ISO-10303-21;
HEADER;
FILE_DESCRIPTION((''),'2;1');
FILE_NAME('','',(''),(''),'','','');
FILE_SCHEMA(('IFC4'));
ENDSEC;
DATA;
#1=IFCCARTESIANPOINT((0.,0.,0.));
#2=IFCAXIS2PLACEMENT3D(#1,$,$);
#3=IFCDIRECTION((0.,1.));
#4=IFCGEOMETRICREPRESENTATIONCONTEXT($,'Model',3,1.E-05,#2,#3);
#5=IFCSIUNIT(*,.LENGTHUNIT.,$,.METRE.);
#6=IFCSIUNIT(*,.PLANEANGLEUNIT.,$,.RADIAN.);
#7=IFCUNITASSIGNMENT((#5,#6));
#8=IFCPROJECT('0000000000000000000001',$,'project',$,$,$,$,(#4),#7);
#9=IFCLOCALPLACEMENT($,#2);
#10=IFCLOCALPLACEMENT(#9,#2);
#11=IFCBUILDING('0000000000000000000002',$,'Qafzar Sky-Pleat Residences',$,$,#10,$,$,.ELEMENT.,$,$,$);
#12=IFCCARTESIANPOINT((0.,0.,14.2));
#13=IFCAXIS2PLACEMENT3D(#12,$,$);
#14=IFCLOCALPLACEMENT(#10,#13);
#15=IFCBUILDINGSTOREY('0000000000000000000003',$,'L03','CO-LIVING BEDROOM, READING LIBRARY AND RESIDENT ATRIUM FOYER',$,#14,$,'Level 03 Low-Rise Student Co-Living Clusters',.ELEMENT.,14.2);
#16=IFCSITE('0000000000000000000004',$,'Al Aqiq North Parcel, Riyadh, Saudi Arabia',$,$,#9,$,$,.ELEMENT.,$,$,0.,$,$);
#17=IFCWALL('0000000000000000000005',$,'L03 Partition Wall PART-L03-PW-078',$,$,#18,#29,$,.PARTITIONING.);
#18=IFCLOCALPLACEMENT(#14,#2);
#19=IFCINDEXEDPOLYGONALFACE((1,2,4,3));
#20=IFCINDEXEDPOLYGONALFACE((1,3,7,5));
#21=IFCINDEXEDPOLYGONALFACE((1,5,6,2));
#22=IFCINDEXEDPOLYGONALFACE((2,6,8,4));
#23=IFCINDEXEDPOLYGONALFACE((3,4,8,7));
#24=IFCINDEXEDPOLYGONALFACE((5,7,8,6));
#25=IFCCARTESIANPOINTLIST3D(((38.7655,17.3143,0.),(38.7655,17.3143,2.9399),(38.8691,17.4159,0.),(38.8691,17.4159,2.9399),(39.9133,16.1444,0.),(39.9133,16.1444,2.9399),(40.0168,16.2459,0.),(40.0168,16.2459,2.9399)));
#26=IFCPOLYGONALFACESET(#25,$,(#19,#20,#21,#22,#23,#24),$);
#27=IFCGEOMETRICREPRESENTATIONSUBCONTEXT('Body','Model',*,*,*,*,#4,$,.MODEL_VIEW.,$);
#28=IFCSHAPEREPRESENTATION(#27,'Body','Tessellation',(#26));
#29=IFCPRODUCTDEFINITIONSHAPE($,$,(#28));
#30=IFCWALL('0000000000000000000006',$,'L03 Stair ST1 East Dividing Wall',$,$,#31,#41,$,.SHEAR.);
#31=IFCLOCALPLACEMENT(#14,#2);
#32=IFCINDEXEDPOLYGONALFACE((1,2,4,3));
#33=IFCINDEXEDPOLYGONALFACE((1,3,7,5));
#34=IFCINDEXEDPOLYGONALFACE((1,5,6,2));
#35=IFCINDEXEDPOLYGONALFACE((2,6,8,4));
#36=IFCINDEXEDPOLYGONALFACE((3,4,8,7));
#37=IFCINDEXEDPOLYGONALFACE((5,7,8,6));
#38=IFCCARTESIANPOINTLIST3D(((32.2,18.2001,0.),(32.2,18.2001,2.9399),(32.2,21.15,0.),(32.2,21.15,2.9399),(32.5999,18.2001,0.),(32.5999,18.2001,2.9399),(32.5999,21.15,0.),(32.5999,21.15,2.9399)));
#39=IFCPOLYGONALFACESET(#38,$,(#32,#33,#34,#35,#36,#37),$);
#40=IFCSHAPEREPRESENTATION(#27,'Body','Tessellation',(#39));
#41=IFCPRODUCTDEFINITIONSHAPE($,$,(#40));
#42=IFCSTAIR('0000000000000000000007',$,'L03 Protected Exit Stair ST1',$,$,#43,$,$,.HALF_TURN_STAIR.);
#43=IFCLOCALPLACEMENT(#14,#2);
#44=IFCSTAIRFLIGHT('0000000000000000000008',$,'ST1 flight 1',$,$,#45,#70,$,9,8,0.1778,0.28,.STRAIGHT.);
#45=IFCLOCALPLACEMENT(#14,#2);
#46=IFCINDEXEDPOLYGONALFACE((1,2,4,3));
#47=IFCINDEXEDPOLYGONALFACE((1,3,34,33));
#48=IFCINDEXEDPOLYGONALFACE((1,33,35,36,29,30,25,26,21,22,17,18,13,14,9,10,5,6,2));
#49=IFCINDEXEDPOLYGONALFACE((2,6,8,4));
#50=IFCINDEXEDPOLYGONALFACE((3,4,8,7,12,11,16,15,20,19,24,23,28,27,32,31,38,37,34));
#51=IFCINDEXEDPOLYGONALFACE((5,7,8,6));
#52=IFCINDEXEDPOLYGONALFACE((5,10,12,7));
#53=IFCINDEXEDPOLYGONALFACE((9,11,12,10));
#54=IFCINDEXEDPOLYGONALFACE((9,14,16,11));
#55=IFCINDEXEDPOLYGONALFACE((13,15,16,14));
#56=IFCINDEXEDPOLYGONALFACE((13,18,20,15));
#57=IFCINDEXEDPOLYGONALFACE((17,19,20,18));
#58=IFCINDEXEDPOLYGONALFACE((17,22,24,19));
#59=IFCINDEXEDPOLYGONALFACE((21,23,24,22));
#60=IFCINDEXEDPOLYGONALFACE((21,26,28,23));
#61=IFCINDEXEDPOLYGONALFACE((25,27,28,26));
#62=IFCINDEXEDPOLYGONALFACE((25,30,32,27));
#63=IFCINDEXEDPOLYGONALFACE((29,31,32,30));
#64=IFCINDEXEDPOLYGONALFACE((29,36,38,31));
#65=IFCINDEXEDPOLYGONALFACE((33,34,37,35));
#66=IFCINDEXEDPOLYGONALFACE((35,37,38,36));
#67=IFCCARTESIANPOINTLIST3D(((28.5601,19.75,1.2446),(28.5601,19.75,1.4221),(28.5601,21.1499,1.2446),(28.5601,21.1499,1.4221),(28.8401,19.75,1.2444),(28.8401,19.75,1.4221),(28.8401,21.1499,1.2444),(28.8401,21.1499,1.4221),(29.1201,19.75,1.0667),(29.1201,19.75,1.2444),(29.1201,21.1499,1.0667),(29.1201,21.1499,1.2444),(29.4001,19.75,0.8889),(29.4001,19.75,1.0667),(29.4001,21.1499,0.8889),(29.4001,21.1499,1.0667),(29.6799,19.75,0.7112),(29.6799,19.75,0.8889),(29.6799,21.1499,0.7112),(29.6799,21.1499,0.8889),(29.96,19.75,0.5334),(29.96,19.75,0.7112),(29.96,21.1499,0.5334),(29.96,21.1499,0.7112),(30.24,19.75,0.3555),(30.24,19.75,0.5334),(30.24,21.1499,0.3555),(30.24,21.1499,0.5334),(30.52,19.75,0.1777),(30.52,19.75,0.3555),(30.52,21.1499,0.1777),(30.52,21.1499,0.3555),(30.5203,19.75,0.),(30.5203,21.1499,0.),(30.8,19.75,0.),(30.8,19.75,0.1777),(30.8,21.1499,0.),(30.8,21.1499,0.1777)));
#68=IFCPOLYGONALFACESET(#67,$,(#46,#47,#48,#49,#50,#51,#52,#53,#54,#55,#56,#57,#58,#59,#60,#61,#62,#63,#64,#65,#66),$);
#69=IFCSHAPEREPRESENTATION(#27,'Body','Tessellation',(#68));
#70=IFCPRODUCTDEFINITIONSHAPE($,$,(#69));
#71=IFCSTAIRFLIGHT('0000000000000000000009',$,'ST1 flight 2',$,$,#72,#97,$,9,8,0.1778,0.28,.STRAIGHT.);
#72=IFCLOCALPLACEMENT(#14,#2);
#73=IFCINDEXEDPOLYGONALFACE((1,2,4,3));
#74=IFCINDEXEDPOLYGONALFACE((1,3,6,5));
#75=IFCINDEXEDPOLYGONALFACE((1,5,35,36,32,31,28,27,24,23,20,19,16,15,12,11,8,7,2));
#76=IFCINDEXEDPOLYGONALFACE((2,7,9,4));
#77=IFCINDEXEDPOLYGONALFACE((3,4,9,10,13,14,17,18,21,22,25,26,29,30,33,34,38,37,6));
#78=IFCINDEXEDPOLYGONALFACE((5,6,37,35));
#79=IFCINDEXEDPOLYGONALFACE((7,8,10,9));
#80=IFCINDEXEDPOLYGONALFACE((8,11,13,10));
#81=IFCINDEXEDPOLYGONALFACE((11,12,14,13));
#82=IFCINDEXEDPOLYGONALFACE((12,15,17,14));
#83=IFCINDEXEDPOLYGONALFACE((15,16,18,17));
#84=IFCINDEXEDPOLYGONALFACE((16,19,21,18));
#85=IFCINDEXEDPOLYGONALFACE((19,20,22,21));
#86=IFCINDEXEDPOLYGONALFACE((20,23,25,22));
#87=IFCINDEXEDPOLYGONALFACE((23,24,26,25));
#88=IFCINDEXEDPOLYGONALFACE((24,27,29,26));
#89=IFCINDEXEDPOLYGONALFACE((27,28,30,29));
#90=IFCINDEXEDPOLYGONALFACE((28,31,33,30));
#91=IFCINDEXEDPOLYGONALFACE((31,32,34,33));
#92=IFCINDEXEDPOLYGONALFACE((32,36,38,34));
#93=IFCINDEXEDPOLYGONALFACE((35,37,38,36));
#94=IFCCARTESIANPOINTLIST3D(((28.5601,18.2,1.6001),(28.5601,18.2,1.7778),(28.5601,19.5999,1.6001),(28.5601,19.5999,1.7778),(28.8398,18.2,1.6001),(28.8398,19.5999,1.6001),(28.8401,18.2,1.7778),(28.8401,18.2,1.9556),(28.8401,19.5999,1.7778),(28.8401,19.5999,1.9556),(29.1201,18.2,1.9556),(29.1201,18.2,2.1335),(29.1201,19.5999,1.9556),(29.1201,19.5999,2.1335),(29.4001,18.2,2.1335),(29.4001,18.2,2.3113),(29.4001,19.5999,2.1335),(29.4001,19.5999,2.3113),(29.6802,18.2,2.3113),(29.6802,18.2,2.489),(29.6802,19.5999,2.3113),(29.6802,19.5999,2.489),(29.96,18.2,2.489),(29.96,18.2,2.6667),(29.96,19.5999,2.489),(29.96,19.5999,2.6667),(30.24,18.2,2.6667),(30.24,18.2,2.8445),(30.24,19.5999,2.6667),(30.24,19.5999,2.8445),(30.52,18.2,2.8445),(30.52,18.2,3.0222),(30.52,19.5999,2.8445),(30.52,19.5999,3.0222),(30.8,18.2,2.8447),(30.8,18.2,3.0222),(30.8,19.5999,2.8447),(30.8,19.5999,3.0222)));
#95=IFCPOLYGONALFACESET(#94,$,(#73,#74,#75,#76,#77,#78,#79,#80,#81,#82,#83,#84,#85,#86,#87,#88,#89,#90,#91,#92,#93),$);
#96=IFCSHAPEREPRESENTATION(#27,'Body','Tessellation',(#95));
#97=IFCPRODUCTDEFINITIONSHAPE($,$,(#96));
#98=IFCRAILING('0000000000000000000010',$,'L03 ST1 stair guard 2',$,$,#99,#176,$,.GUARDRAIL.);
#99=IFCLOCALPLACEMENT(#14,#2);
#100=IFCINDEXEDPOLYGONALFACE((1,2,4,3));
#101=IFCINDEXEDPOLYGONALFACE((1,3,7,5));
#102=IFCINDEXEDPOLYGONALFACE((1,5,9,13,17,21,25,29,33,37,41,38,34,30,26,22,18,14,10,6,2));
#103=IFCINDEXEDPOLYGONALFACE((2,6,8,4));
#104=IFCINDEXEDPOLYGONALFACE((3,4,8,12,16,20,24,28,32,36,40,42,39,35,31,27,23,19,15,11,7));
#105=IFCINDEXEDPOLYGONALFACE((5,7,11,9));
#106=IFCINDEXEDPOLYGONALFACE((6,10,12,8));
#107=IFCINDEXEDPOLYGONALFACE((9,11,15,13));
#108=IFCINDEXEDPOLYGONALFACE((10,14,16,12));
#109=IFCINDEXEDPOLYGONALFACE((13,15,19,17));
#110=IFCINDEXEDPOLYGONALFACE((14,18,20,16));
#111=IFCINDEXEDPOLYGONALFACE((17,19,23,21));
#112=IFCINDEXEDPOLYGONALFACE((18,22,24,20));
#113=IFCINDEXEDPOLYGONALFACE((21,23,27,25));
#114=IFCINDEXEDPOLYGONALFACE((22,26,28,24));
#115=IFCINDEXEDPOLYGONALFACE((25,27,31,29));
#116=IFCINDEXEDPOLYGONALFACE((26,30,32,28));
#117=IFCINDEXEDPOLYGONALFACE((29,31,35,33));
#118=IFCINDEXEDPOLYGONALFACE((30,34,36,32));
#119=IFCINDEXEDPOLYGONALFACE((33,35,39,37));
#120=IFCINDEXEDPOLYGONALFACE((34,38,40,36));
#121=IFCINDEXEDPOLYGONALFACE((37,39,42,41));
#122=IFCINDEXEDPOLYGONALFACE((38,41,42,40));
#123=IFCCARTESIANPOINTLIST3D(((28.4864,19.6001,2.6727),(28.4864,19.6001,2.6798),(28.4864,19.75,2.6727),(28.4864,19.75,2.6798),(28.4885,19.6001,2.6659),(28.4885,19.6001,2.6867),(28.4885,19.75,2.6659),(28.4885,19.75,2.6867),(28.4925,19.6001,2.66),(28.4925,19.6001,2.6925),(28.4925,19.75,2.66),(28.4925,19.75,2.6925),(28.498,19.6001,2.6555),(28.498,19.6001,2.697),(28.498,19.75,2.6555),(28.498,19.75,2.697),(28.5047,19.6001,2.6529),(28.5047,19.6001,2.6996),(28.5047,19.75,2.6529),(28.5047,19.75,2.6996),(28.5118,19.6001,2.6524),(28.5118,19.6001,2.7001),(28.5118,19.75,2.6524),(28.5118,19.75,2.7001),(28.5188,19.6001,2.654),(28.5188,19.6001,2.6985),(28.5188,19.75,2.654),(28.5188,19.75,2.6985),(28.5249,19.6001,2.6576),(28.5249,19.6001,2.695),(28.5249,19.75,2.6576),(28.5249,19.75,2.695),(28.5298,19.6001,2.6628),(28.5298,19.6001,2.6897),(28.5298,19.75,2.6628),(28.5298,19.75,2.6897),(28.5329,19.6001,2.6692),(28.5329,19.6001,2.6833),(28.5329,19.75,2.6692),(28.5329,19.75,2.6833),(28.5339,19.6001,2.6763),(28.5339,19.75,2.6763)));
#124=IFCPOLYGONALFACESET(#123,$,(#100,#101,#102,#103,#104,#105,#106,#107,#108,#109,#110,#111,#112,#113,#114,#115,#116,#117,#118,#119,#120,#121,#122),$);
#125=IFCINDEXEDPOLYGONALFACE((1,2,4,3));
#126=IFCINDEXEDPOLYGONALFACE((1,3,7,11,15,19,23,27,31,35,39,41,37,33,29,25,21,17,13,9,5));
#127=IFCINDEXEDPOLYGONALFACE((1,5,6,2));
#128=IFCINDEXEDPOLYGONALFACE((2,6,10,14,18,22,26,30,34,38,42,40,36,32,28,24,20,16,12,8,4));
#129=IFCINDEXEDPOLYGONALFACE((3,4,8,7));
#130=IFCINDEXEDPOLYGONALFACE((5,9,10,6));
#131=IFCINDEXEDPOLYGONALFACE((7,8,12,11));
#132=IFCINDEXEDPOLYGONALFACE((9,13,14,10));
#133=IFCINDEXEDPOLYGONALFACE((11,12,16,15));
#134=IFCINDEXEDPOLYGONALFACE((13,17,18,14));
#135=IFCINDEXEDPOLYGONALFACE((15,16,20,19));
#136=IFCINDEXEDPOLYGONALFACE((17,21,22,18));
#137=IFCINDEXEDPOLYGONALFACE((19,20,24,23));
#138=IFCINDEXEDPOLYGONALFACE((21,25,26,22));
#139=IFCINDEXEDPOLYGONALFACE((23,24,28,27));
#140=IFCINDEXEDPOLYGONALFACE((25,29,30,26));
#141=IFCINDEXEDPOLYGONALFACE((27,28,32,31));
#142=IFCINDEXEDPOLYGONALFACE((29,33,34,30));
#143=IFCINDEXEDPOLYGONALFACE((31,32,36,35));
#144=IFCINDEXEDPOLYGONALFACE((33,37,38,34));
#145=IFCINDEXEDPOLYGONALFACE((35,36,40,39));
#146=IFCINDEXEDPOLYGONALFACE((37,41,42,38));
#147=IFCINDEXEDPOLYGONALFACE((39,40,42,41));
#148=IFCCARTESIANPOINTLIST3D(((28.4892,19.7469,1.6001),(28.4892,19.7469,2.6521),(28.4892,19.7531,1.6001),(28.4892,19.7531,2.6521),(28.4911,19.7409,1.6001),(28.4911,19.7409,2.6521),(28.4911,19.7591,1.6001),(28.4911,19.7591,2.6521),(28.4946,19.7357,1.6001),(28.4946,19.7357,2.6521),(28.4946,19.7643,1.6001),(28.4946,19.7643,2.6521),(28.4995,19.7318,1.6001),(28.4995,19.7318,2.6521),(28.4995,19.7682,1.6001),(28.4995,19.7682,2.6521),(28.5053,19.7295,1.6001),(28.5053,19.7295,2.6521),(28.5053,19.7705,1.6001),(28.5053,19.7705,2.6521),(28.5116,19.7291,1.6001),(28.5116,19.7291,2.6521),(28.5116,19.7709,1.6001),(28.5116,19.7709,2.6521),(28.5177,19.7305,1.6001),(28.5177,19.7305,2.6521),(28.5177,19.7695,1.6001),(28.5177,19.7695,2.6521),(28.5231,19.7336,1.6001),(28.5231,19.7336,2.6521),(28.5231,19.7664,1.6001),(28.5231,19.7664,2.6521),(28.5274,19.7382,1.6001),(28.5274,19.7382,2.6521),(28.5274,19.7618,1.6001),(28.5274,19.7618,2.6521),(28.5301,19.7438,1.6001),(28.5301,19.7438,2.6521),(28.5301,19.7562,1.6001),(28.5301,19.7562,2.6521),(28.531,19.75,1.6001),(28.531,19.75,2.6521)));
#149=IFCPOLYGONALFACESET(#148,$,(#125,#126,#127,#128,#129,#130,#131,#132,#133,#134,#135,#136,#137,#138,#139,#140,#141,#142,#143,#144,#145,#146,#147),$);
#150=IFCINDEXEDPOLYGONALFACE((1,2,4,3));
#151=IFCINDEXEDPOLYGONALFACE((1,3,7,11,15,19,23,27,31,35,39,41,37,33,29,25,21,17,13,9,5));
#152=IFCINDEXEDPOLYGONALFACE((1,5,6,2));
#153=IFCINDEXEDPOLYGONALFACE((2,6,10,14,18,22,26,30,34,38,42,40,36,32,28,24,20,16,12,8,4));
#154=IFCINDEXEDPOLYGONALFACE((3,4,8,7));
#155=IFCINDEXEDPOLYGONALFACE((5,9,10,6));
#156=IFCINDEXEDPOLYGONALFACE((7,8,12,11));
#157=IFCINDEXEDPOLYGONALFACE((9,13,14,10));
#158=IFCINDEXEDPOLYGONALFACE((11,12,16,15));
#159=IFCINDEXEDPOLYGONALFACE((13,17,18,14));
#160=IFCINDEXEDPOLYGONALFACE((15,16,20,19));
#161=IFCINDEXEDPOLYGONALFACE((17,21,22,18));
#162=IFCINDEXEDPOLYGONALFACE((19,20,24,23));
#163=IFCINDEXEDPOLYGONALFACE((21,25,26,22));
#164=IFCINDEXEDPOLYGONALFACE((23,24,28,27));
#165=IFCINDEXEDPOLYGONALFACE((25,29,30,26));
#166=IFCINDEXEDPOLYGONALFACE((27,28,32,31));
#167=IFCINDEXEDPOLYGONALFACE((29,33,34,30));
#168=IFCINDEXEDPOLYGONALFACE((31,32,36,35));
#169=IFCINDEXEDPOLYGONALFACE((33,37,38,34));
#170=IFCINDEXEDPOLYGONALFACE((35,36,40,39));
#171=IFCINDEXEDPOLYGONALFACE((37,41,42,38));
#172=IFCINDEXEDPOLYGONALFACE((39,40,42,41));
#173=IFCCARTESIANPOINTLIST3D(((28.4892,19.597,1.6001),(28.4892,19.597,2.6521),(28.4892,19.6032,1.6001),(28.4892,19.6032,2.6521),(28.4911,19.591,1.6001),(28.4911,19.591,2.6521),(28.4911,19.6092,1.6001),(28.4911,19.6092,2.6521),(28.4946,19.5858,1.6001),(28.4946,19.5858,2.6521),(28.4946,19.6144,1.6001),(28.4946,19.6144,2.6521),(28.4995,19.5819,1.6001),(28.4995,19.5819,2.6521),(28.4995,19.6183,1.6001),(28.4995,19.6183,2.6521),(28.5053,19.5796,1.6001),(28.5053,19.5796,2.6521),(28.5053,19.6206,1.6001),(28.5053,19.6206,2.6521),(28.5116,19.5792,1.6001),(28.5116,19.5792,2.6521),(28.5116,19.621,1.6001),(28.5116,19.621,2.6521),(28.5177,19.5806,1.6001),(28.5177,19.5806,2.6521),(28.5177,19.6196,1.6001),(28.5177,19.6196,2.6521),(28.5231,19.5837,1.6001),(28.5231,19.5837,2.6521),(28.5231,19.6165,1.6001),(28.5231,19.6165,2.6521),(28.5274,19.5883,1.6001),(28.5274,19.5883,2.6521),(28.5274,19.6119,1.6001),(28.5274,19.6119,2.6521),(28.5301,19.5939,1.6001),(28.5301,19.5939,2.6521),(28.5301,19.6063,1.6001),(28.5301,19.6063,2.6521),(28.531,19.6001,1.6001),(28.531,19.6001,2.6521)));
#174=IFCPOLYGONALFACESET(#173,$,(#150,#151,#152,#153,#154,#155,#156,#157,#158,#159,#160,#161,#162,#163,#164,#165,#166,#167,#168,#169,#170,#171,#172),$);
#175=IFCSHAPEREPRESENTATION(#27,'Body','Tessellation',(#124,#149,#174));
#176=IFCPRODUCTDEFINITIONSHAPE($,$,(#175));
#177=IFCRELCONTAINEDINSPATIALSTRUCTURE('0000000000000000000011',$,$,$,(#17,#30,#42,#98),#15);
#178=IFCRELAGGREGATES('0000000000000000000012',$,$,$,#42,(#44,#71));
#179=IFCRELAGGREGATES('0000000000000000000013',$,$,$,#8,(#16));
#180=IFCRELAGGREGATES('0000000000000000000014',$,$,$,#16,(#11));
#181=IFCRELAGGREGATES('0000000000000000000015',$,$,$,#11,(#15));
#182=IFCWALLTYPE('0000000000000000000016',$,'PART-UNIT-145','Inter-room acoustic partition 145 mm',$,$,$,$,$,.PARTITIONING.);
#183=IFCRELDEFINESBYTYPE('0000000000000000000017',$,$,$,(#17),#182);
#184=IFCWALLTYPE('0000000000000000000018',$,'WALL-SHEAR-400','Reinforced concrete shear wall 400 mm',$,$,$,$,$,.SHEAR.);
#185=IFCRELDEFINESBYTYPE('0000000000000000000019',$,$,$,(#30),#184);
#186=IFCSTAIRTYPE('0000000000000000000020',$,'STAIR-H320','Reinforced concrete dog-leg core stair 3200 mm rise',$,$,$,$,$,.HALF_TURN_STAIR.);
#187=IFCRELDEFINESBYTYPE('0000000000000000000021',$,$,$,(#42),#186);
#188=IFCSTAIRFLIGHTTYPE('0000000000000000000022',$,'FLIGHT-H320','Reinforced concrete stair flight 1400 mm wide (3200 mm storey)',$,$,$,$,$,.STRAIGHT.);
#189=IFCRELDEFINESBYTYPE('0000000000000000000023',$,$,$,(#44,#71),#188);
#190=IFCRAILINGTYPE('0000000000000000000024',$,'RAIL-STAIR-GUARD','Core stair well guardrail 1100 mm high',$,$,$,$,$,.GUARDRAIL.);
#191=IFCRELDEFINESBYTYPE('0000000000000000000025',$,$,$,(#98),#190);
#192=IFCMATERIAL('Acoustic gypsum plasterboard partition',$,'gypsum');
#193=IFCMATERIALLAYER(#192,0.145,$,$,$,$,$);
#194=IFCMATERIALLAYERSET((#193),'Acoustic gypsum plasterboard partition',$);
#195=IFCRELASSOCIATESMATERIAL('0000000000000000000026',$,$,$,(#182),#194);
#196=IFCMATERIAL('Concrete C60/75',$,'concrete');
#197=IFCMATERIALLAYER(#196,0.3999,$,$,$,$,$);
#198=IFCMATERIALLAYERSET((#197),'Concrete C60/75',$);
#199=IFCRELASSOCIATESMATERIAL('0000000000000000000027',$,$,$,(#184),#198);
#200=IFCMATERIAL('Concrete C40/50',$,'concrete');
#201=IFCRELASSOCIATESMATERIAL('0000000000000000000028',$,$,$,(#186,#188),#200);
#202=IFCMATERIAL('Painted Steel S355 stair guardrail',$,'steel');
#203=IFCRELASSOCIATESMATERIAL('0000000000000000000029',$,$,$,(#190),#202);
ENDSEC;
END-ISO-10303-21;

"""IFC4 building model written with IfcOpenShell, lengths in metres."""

from ifc_helpers import new_model, si_unit, direction, frame, frame_2d, origin, origin_2d, place, context, subcontext, project, spatial, polyline, rectangle, circle, outline, extrude, source, transform, mapped, material, layer, layer_set, type_object, element, aggregate, save


model = new_model("IFC4")

# Units and contexts
model_context = context("Model", 3, precision=1e-05, world=origin(), true_north=direction((0.0, 1.0)))
body_context = subcontext(model_context, "Body", "Model", "MODEL_VIEW")
ifc_project = project(units=[si_unit("LENGTHUNIT", "METRE"), si_unit("PLANEANGLEUNIT", "RADIAN")], contexts=[model_context])

# Site, building, storey
site_placement = place(None, origin())
site = spatial("IfcSite", under=ifc_project, at=site_placement, Name="Al Aqiq North Parcel, Riyadh, Saudi Arabia", CompositionType="ELEMENT", RefElevation=0.0)
building_placement = place(site_placement, origin())
building = spatial("IfcBuilding", under=site, at=building_placement, Name="Qafzar Sky-Pleat Residences", CompositionType="ELEMENT")
storey_placement = place(building_placement, frame((0.0, 0.0, 14.2)))
storey = spatial("IfcBuildingStorey", under=building, at=storey_placement, Name="L03", Description="CO-LIVING BEDROOM, READING LIBRARY AND RESIDENT ATRIUM FOYER", LongName="Level 03 Low-Rise Student Co-Living Clusters", CompositionType="ELEMENT", Elevation=14.2)

# Shared definitions
ifc_material_1 = material(Name="Acoustic gypsum plasterboard partition", Category="gypsum")

# Walls
ifc_layer_1 = layer(ifc_material_1, 0.145)
ifc_layer_set_1 = layer_set([ifc_layer_1], Name="Acoustic gypsum plasterboard partition")
wall_type_1 = type_object("IfcWallType", Name="PART-UNIT-145", Description="Inter-room acoustic partition 145 mm", PredefinedType="PARTITIONING", material=ifc_layer_set_1)
wall_1_placement = place(storey_placement, frame((38.8174, 17.365, 0.0), z_axis=(0.0, 0.0, 1.0), x_axis=(0.700296, -0.713852, 0.0)))
element("IfcWall", 1, at=wall_1_placement, inside=storey, type_object=wall_type_1, Name="L03 Partition Wall PART-L03-PW-078", PredefinedType="PARTITIONING", context=body_context, shape_type="SweptSolid", body=[
    extrude(rectangle(XDim=1.6389, YDim=0.145, at=frame_2d((0.8193, 0.0))), origin(), (0.0, 0.0, 1.0), 2.9399),
])
ifc_material_2 = material(Name="Concrete C60/75", Category="concrete")
ifc_layer_2 = layer(ifc_material_2, 0.3999)
ifc_layer_set_2 = layer_set([ifc_layer_2], Name="Concrete C60/75")
wall_type_2 = type_object("IfcWallType", Name="WALL-SHEAR-400", Description="Reinforced concrete shear wall 400 mm", PredefinedType="SHEAR", material=ifc_layer_set_2)
wall_2_placement = place(storey_placement, frame((32.3999, 18.2, 0.0), z_axis=(0.0, 0.0, 1.0), x_axis=(0.0, 1.0, 0.0)))
element("IfcWall", 2, at=wall_2_placement, inside=storey, type_object=wall_type_2, Name="L03 Stair ST1 East Dividing Wall", PredefinedType="SHEAR", context=body_context, shape_type="SweptSolid", body=[
    extrude(rectangle(XDim=2.95, YDim=0.3999, at=frame_2d((1.4751, 0.0))), origin(), (0.0, 0.0, 1.0), 2.9399),
])

# Stair, stair flights
ifc_material_3 = material(Name="Concrete C40/50", Category="concrete")
stair_type = type_object("IfcStairType", Name="STAIR-H320", Description="Reinforced concrete dog-leg core stair 3200 mm rise", PredefinedType="HALF_TURN_STAIR", material=ifc_material_3)
stair_placement = place(storey_placement, origin())
stair = element("IfcStair", 3, at=stair_placement, inside=storey, type_object=stair_type, Name="L03 Protected Exit Stair ST1", PredefinedType="HALF_TURN_STAIR")
stair_flight_type = type_object("IfcStairFlightType", Name="FLIGHT-H320", Description="Reinforced concrete stair flight 1400 mm wide (3200 mm storey)", PredefinedType="STRAIGHT", material=ifc_material_3)
shared_shape_1 = source(origin(), body_context, "Body", "SweptSolid", [
    extrude(outline(polyline([(0.0, 0.0), (0.0, 0.1777), (0.28, 0.1777), (0.28, 0.3555), (0.5601, 0.3555), (0.5601, 0.5334), (0.8401, 0.5334), (0.8401, 0.7112), (1.1201, 0.7112), (1.1201, 0.8889), (1.3999, 0.8889), (1.3999, 1.0667), (1.6799, 1.0667), (1.6799, 1.2444), (1.96, 1.2444), (1.96, 1.4221), (2.24, 1.4221), (2.24, 1.6001), (2.24, 1.2446), (0.2798, 0.0), (0.0, 0.0)])), frame((0.0, 0.7, 0.0), z_axis=(0.0, -1.0, 0.0), x_axis=(1.0, 0.0, 0.0)), (0.0, 0.0, 1.0), 1.3999),
])
stair_flight_1_placement = place(storey_placement, frame((30.8, 20.45, 0.0), z_axis=(0.0, 0.0, 1.0), x_axis=(-1.0, 0.0, 0.0)))
stair_flight_1 = element("IfcStairFlight", 4, at=stair_flight_1_placement, type_object=stair_flight_type, Name="ST1 flight 1", NumberOfRisers=9, NumberOfTreads=8, PredefinedType="STRAIGHT", RiserHeight=0.1778, TreadLength=0.28, context=body_context, shape_type="MappedRepresentation", body=[
    mapped(shared_shape_1, transform((0.0, 0.0, 0.0), x_axis=(1.0, 0.0, 0.0), y_axis=(0.0, 1.0, 0.0), z_axis=(0.0, 0.0, 1.0), scale=1.0)),
])
stair_flight_2_placement = place(storey_placement, frame((28.5601, 18.8999, 1.6001), z_axis=(0.0, 0.0, 1.0), x_axis=(1.0, 0.0, 0.0)))
stair_flight_2 = element("IfcStairFlight", 5, at=stair_flight_2_placement, type_object=stair_flight_type, Name="ST1 flight 2", NumberOfRisers=9, NumberOfTreads=8, PredefinedType="STRAIGHT", RiserHeight=0.1778, TreadLength=0.28, context=body_context, shape_type="MappedRepresentation", body=[
    mapped(shared_shape_1, transform((0.0, 0.0, 0.0), x_axis=(1.0, 0.0, 0.0), y_axis=(0.0, 1.0, 0.0), z_axis=(0.0, 0.0, 1.0), scale=1.0)),
])
aggregate(stair, [stair_flight_1, stair_flight_2])

# Railing
ifc_material_4 = material(Name="Painted Steel S355 stair guardrail", Category="steel")
railing_type_1 = type_object("IfcRailingType", Name="RAIL-STAIR-GUARD", Description="Core stair well guardrail 1100 mm high", PredefinedType="GUARDRAIL", material=ifc_material_4)
shared_shape_2 = source(origin(), body_context, "Body", "SweptSolid", [
    extrude(circle(Radius=0.0239, at=origin_2d()), frame((0.0, 0.0, 1.0762), z_axis=(0.0, -1.0, 0.0), x_axis=(1.0, 0.0, 0.0)), (0.0, 0.0, 1.0), 0.1499),
    extrude(circle(Radius=0.021, at=origin_2d()), origin(), (0.0, 0.0, 1.0), 1.052),
    extrude(circle(Radius=0.021, at=origin_2d()), frame((0.0, -0.1499, 0.0)), (0.0, 0.0, 1.0), 1.052),
])
for number, where, name in (
    (6, (28.51, 19.75, 1.6001), "L03 ST1 stair guard 2"),
):
    element("IfcRailing", number, at=place(storey_placement, frame(where)), inside=storey, type_object=railing_type_1, Name=name, PredefinedType="GUARDRAIL", context=body_context, shape_type="MappedRepresentation", body=[
        mapped(shared_shape_2, transform((0.0, 0.0, 0.0), x_axis=(1.0, 0.0, 0.0), y_axis=(0.0, 1.0, 0.0), z_axis=(0.0, 0.0, 1.0), scale=1.0)),
    ])

save(model, "model.ifc")
